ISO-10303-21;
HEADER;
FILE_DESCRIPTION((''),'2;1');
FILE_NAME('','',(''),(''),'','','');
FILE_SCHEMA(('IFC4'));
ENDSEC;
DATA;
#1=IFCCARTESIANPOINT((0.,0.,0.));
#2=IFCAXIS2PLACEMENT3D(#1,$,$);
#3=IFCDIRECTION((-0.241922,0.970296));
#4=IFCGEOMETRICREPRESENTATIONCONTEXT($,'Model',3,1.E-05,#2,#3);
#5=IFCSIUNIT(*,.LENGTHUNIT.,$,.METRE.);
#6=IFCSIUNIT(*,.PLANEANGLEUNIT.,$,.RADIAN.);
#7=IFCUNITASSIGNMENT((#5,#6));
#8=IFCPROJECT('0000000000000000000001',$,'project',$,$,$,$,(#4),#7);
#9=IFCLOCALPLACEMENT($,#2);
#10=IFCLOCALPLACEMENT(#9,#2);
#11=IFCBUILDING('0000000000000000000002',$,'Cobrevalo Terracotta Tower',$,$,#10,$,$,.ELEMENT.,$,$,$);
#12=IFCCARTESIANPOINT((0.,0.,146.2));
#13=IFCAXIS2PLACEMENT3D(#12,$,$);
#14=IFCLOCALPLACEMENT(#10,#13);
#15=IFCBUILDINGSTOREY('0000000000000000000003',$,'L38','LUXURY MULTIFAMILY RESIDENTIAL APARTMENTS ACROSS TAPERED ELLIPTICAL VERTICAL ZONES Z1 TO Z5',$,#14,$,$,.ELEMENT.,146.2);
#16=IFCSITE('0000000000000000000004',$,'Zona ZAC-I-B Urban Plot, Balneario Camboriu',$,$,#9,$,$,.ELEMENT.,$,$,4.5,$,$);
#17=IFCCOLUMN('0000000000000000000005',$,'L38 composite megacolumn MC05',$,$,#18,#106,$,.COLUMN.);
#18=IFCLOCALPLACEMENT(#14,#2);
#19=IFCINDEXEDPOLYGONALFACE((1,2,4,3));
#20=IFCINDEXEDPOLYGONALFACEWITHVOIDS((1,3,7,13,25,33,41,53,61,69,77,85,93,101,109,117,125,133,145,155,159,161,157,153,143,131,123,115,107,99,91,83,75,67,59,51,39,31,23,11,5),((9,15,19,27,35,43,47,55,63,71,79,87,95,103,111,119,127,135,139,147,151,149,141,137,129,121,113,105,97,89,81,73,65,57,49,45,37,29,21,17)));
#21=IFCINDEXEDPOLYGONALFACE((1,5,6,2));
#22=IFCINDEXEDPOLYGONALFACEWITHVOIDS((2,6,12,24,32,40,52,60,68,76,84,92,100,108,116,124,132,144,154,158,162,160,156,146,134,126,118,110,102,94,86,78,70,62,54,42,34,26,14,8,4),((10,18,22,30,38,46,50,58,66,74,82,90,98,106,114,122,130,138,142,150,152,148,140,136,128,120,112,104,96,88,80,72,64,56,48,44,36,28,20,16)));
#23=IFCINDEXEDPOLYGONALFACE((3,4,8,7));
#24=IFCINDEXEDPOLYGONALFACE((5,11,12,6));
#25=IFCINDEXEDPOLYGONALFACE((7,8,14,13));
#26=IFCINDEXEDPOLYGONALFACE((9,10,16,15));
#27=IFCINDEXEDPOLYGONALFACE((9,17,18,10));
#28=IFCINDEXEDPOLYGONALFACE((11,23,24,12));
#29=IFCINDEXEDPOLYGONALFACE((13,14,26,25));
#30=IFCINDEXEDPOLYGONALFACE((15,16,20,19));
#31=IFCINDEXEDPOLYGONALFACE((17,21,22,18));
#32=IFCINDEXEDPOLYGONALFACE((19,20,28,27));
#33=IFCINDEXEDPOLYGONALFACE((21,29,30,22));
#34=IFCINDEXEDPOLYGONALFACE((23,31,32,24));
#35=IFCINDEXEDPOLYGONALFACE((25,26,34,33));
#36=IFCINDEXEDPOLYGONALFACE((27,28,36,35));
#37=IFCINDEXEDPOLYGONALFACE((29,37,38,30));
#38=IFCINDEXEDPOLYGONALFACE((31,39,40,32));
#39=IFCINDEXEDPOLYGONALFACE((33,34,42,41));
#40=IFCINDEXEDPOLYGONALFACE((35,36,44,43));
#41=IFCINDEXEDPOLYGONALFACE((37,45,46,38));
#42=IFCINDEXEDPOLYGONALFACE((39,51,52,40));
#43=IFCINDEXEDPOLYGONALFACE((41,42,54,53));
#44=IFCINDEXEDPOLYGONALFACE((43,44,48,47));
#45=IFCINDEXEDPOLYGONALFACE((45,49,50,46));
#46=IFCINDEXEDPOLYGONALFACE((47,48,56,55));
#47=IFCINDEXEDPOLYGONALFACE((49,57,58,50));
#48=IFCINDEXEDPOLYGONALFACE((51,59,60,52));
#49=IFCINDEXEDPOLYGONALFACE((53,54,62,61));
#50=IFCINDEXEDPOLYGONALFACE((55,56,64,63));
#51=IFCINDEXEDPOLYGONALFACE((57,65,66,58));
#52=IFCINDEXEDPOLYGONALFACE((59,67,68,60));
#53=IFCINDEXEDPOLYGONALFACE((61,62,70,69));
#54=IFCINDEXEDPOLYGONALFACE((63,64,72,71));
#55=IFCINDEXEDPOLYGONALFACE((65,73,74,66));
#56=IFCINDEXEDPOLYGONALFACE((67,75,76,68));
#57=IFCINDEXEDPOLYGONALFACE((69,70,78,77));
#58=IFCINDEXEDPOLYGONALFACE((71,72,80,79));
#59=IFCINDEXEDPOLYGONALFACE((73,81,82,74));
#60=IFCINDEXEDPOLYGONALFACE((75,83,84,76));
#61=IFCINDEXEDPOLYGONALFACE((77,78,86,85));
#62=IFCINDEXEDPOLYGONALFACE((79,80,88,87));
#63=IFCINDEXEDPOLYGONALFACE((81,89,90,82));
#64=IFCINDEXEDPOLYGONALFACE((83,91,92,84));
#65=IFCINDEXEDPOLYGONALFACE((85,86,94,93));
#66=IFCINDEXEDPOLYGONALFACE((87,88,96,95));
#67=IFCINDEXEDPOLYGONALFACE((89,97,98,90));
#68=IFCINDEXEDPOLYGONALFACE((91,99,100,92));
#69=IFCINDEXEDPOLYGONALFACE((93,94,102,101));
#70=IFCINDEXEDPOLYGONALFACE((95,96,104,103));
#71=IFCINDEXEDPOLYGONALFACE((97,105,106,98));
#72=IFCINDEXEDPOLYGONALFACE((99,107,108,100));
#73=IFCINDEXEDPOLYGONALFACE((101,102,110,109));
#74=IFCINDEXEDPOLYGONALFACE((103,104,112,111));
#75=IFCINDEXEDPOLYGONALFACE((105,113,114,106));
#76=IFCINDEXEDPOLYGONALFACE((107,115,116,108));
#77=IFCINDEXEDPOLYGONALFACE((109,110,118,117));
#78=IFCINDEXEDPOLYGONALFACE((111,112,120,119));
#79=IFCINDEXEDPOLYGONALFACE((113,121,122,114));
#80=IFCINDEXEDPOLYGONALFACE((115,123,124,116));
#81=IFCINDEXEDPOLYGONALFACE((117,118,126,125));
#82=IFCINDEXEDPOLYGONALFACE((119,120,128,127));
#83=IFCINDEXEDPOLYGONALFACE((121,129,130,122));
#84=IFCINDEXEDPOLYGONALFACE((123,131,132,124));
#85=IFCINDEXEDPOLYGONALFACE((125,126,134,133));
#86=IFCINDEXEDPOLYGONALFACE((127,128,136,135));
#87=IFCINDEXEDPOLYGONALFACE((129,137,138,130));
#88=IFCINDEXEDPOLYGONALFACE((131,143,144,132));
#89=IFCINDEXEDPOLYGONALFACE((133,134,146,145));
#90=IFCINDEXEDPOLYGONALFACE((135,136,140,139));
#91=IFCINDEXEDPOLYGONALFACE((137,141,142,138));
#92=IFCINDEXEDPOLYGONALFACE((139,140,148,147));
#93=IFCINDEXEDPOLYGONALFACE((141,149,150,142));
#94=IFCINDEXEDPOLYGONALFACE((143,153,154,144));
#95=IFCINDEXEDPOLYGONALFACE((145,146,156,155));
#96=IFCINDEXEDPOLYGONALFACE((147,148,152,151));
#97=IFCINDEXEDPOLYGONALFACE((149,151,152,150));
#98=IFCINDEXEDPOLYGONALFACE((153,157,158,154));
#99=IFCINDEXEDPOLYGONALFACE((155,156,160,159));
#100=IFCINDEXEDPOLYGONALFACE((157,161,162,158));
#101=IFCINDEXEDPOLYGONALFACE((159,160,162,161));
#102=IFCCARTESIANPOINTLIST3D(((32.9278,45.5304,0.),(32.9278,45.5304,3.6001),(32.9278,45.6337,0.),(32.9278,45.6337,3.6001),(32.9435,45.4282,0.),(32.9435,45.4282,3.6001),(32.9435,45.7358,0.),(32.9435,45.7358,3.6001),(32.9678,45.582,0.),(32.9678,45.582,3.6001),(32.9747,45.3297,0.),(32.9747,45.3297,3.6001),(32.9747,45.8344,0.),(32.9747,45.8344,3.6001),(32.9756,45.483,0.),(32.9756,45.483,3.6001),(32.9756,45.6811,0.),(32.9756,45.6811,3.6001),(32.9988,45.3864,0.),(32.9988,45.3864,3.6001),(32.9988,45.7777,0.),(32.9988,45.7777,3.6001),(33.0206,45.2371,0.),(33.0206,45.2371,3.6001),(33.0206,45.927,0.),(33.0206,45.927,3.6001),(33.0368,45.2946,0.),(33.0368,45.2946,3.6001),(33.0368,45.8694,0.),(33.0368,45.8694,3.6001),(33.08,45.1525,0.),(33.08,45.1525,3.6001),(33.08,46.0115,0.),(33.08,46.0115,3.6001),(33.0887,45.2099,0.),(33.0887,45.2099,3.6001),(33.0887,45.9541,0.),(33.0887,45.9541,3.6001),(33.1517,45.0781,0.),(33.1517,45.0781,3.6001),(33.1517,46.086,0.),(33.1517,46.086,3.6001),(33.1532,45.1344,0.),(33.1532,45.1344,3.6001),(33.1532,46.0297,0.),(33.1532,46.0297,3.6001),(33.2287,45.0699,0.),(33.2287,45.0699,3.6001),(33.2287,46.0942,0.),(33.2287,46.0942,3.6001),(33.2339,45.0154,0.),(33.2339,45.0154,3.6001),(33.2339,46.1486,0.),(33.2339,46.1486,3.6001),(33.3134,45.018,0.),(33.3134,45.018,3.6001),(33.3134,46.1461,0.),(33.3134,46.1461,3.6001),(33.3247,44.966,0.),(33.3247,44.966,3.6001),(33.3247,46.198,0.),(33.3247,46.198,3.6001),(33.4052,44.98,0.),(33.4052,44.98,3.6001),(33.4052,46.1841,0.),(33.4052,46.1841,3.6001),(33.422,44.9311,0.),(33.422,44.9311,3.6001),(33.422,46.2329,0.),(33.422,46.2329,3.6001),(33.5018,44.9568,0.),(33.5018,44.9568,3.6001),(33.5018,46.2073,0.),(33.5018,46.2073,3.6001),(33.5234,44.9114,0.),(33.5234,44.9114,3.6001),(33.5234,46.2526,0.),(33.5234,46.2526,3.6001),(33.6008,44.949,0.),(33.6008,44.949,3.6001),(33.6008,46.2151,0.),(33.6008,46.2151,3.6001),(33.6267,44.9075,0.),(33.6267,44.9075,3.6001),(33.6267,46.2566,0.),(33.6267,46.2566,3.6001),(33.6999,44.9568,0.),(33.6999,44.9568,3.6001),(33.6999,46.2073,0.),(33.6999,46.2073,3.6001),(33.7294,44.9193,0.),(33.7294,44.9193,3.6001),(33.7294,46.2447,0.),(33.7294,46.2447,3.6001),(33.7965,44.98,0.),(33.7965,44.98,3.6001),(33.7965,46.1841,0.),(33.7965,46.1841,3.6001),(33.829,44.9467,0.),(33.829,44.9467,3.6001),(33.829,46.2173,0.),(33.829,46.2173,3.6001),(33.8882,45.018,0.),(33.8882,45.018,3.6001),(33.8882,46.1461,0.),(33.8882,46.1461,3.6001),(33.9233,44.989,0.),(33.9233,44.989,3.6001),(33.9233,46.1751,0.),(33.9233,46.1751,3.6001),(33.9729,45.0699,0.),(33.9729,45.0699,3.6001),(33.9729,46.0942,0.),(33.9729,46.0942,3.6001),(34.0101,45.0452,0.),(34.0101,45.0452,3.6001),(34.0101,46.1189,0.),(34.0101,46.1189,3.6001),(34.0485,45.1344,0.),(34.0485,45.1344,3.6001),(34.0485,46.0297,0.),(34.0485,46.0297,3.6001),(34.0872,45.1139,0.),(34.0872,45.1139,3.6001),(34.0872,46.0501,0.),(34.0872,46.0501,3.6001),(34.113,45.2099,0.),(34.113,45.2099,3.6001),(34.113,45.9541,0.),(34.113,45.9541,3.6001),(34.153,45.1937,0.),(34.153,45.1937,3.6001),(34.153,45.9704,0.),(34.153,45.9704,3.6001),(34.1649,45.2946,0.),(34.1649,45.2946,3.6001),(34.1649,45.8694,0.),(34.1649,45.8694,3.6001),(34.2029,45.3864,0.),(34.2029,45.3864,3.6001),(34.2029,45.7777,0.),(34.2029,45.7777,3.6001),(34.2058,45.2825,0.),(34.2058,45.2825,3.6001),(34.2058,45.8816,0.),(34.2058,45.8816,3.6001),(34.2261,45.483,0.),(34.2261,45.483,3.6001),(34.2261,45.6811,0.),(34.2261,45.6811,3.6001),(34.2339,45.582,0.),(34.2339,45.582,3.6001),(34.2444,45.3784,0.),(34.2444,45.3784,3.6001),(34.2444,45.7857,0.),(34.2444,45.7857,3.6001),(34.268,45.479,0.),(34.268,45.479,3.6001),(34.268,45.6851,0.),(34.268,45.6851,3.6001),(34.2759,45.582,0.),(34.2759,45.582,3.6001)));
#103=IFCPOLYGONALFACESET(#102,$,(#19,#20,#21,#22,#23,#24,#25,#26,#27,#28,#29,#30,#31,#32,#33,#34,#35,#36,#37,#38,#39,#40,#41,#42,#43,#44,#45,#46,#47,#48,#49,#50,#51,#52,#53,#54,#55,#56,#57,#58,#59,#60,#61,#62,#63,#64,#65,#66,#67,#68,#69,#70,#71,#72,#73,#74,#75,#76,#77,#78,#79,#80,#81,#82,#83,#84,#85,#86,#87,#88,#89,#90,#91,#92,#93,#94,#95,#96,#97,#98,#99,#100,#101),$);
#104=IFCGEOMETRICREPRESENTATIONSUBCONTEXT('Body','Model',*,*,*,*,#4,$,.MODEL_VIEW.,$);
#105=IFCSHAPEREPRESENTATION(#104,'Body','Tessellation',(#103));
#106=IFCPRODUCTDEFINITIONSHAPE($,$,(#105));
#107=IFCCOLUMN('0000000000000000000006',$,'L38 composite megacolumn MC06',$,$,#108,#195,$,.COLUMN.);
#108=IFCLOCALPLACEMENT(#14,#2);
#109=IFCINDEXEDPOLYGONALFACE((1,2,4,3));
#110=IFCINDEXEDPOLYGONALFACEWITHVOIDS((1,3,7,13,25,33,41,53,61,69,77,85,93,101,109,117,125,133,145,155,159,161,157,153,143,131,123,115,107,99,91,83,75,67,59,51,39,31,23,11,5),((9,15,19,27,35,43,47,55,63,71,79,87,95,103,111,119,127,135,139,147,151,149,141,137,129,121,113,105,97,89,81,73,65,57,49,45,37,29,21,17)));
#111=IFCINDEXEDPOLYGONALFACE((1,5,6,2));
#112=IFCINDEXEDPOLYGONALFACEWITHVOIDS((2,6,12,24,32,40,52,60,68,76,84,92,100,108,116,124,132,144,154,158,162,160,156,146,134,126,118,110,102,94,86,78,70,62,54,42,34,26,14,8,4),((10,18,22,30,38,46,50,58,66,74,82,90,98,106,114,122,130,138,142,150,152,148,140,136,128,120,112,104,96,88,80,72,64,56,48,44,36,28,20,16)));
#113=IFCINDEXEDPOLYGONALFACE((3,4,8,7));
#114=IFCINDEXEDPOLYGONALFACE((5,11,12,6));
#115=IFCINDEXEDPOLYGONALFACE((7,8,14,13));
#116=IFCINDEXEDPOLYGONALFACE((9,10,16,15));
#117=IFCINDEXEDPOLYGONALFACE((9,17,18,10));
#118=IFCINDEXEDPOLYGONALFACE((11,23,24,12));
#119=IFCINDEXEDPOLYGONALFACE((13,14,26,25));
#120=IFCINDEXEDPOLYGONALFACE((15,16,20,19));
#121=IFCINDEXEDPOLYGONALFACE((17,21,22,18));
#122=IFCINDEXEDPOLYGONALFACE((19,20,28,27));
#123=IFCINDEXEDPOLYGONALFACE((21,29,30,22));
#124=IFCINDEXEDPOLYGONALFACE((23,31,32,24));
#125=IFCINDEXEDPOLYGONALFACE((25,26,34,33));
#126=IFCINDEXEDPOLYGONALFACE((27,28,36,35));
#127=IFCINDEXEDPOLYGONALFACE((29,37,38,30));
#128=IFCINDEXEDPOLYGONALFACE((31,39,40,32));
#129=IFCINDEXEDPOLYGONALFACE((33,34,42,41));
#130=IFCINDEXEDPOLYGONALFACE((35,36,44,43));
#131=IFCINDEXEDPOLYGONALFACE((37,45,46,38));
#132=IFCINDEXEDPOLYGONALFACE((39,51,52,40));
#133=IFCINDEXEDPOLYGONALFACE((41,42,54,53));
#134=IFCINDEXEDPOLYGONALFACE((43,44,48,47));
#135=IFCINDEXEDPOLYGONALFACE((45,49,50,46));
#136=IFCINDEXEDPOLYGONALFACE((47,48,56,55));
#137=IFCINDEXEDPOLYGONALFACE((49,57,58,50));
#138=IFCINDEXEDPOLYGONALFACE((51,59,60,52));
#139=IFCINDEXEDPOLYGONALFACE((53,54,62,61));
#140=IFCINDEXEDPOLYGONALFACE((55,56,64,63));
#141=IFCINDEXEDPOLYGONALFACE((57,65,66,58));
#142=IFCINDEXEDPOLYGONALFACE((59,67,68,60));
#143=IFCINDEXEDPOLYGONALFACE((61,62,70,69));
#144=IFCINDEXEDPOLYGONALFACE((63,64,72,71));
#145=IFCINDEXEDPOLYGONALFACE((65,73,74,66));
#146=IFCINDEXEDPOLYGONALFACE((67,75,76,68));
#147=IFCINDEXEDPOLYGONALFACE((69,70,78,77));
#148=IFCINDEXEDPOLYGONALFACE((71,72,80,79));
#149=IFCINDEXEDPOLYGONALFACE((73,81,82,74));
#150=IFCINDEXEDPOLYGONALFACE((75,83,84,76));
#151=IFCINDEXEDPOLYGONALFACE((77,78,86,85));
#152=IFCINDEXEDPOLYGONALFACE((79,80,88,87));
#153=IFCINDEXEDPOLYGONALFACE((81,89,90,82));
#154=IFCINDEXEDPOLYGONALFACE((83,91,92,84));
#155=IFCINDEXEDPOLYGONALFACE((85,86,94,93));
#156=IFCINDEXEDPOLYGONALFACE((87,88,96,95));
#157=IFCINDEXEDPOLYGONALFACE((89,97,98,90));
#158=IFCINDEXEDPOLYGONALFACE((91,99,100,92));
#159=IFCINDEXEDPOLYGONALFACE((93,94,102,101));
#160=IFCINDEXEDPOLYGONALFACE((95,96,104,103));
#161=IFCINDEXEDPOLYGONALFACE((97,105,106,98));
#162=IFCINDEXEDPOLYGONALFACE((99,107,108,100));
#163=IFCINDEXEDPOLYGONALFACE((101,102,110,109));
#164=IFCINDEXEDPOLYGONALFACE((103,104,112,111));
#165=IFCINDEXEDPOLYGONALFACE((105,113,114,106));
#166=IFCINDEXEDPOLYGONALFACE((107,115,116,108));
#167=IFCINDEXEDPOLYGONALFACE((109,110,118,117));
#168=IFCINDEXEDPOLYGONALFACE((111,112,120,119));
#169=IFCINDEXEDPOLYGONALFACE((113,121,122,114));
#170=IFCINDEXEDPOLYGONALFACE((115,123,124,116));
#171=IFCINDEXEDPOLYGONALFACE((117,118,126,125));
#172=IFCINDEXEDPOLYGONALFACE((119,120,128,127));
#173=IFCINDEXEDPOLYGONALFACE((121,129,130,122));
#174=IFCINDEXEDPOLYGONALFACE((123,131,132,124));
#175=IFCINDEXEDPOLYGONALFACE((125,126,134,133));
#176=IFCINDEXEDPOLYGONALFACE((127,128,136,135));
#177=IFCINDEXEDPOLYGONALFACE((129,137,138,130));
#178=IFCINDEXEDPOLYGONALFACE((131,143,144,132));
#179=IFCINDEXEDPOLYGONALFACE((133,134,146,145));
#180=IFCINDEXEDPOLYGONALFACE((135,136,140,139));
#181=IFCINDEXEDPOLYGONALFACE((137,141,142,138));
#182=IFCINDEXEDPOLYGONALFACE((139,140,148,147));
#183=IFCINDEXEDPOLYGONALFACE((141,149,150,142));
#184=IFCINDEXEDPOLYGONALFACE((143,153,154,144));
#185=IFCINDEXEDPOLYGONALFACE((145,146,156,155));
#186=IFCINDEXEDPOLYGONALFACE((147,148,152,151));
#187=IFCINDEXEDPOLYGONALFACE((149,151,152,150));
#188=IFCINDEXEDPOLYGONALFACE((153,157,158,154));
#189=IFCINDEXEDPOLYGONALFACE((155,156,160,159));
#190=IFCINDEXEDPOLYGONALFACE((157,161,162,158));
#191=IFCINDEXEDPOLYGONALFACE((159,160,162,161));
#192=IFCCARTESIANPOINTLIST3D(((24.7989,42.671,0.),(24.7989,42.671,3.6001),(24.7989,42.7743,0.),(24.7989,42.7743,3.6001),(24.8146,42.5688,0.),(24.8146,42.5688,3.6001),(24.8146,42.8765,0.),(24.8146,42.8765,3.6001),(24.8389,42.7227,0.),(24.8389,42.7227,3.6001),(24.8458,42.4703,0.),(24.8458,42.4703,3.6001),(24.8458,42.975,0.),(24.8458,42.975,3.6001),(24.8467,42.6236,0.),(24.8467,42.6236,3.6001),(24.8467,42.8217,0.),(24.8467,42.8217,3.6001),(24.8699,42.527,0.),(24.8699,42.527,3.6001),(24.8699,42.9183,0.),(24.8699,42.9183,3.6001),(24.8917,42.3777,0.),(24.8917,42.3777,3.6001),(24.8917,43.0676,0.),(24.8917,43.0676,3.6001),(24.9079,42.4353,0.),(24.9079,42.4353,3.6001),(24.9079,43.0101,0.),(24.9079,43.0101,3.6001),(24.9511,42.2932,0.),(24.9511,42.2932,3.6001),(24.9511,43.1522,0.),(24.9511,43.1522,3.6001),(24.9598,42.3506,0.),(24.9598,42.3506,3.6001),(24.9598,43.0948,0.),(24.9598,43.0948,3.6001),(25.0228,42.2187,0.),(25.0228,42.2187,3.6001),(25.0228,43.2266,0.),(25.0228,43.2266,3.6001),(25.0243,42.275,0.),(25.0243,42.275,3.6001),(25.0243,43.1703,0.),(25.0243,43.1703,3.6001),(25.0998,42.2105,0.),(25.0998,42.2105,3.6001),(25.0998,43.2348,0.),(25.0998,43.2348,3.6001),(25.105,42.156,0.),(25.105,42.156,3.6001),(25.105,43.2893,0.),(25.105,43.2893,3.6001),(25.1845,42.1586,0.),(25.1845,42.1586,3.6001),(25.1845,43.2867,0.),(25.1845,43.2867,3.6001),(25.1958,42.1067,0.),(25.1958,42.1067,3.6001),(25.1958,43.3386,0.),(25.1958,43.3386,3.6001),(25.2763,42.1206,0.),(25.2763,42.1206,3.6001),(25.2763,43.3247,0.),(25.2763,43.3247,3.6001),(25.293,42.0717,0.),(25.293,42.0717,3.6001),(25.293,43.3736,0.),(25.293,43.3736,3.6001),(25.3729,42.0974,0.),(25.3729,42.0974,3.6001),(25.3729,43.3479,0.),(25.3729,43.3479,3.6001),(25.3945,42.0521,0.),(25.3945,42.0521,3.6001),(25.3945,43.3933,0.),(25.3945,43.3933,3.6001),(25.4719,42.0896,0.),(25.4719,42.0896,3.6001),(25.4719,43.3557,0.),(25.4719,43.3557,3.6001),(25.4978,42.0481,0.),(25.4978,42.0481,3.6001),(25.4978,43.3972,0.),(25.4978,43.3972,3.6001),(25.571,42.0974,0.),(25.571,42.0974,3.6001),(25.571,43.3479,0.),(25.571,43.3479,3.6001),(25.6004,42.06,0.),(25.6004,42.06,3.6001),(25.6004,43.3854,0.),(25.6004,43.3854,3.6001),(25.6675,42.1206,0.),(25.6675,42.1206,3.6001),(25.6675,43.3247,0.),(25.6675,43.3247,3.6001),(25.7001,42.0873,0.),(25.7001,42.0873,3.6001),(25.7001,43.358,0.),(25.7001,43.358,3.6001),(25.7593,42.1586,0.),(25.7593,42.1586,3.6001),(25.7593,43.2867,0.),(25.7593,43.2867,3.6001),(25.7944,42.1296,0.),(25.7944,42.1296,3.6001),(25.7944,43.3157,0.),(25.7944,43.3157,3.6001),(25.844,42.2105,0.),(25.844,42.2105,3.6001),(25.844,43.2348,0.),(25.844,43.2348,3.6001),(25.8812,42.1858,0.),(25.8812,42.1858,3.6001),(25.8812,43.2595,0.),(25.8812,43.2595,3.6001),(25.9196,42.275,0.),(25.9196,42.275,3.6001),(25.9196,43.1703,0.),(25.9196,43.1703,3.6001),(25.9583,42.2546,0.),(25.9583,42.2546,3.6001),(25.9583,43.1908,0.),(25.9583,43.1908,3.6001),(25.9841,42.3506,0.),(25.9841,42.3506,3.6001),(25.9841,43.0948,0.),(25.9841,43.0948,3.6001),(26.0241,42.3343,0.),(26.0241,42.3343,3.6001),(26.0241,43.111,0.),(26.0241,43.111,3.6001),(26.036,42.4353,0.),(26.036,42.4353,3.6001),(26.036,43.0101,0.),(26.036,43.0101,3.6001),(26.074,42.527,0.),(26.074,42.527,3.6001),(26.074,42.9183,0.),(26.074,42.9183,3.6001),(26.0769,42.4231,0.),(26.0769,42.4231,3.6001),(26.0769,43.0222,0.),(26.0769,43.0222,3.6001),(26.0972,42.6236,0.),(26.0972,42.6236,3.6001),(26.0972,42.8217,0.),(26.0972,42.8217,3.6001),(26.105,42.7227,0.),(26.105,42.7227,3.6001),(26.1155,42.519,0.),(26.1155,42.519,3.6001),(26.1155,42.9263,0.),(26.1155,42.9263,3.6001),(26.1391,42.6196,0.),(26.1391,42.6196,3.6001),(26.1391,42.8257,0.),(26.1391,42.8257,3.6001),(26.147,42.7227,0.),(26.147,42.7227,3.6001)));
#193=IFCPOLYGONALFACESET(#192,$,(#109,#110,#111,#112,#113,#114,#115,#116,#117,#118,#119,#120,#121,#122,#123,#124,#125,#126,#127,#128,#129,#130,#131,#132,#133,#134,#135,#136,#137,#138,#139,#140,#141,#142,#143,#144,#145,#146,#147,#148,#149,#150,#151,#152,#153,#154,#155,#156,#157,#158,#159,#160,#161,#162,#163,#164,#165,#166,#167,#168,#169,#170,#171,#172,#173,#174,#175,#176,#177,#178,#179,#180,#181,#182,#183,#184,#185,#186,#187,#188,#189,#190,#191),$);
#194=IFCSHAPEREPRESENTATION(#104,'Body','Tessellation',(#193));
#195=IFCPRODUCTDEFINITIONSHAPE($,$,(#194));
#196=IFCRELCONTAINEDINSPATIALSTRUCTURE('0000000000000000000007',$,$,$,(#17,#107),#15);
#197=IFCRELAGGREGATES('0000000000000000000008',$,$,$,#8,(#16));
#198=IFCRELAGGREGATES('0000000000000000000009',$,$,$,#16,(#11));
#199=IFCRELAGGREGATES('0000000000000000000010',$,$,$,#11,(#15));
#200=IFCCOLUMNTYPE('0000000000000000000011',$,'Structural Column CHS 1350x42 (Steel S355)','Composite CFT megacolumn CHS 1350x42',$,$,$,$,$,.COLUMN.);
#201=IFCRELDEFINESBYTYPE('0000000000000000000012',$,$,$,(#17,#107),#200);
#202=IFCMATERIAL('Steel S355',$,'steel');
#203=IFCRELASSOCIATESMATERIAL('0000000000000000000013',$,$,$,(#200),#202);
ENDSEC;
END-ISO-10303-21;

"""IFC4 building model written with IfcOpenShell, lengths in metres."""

from ifc_helpers import new_model, si_unit, direction, frame, origin, origin_2d, place, context, subcontext, project, spatial, hollow_circle, extrude, material, material_profile, profile_set, type_object, element, save


model = new_model("IFC4")

# Units and contexts
model_context = context("Model", 3, precision=1e-05, world=origin(), true_north=direction((-0.241922, 0.970296)))
body_context = subcontext(model_context, "Body", "Model", "MODEL_VIEW")
ifc_project = project(units=[si_unit("LENGTHUNIT", "METRE"), si_unit("PLANEANGLEUNIT", "RADIAN")], contexts=[model_context])

# Site, building, storey
site_placement = place(None, origin())
site = spatial("IfcSite", under=ifc_project, at=site_placement, Name="Zona ZAC-I-B Urban Plot, Balneario Camboriu", CompositionType="ELEMENT", RefElevation=4.5)
building_placement = place(site_placement, origin())
building = spatial("IfcBuilding", under=site, at=building_placement, Name="Cobrevalo Terracotta Tower", CompositionType="ELEMENT")
storey_placement = place(building_placement, frame((0.0, 0.0, 146.2)))
storey = spatial("IfcBuildingStorey", under=building, at=storey_placement, Name="L38", Description="LUXURY MULTIFAMILY RESIDENTIAL APARTMENTS ACROSS TAPERED ELLIPTICAL VERTICAL ZONES Z1 TO Z5", CompositionType="ELEMENT", Elevation=146.2)

# Columns
ifc_material_1 = material(Name="Steel S355", Category="steel")
ifc_material_profile_1 = material_profile(ifc_material_1, hollow_circle(Radius=0.675, WallThickness=0.042, at=origin_2d()), Name="CHS 1350x42")
ifc_profile_set_1 = profile_set([ifc_material_profile_1], Name="Steel S355")
column_type = type_object("IfcColumnType", Name="Structural Column CHS 1350x42 (Steel S355)", Description="Composite CFT megacolumn CHS 1350x42", PredefinedType="COLUMN", material=ifc_profile_set_1)
for number, where, z_axis, x_axis, name in (
    (1, (33.6008, 45.582, 0.0), (0.0, 0.0, 1.0), (1.0, 0.0, 0.0), "L38 composite megacolumn MC05"),
    (2, (25.4719, 42.7227, 0.0), (0.0, 0.0, 1.0), (1.0, 0.0, 0.0), "L38 composite megacolumn MC06"),
):
    element("IfcColumn", number, at=place(storey_placement, frame(where, z_axis=z_axis, x_axis=x_axis)), inside=storey, type_object=column_type, Name=name, PredefinedType="COLUMN", context=body_context, shape_type="SweptSolid", body=[
        extrude(hollow_circle(Radius=0.675, WallThickness=0.042, at=origin_2d()), origin(), (0.0, 0.0, 1.0), 3.6001),
    ])

save(model, "model.ifc")
